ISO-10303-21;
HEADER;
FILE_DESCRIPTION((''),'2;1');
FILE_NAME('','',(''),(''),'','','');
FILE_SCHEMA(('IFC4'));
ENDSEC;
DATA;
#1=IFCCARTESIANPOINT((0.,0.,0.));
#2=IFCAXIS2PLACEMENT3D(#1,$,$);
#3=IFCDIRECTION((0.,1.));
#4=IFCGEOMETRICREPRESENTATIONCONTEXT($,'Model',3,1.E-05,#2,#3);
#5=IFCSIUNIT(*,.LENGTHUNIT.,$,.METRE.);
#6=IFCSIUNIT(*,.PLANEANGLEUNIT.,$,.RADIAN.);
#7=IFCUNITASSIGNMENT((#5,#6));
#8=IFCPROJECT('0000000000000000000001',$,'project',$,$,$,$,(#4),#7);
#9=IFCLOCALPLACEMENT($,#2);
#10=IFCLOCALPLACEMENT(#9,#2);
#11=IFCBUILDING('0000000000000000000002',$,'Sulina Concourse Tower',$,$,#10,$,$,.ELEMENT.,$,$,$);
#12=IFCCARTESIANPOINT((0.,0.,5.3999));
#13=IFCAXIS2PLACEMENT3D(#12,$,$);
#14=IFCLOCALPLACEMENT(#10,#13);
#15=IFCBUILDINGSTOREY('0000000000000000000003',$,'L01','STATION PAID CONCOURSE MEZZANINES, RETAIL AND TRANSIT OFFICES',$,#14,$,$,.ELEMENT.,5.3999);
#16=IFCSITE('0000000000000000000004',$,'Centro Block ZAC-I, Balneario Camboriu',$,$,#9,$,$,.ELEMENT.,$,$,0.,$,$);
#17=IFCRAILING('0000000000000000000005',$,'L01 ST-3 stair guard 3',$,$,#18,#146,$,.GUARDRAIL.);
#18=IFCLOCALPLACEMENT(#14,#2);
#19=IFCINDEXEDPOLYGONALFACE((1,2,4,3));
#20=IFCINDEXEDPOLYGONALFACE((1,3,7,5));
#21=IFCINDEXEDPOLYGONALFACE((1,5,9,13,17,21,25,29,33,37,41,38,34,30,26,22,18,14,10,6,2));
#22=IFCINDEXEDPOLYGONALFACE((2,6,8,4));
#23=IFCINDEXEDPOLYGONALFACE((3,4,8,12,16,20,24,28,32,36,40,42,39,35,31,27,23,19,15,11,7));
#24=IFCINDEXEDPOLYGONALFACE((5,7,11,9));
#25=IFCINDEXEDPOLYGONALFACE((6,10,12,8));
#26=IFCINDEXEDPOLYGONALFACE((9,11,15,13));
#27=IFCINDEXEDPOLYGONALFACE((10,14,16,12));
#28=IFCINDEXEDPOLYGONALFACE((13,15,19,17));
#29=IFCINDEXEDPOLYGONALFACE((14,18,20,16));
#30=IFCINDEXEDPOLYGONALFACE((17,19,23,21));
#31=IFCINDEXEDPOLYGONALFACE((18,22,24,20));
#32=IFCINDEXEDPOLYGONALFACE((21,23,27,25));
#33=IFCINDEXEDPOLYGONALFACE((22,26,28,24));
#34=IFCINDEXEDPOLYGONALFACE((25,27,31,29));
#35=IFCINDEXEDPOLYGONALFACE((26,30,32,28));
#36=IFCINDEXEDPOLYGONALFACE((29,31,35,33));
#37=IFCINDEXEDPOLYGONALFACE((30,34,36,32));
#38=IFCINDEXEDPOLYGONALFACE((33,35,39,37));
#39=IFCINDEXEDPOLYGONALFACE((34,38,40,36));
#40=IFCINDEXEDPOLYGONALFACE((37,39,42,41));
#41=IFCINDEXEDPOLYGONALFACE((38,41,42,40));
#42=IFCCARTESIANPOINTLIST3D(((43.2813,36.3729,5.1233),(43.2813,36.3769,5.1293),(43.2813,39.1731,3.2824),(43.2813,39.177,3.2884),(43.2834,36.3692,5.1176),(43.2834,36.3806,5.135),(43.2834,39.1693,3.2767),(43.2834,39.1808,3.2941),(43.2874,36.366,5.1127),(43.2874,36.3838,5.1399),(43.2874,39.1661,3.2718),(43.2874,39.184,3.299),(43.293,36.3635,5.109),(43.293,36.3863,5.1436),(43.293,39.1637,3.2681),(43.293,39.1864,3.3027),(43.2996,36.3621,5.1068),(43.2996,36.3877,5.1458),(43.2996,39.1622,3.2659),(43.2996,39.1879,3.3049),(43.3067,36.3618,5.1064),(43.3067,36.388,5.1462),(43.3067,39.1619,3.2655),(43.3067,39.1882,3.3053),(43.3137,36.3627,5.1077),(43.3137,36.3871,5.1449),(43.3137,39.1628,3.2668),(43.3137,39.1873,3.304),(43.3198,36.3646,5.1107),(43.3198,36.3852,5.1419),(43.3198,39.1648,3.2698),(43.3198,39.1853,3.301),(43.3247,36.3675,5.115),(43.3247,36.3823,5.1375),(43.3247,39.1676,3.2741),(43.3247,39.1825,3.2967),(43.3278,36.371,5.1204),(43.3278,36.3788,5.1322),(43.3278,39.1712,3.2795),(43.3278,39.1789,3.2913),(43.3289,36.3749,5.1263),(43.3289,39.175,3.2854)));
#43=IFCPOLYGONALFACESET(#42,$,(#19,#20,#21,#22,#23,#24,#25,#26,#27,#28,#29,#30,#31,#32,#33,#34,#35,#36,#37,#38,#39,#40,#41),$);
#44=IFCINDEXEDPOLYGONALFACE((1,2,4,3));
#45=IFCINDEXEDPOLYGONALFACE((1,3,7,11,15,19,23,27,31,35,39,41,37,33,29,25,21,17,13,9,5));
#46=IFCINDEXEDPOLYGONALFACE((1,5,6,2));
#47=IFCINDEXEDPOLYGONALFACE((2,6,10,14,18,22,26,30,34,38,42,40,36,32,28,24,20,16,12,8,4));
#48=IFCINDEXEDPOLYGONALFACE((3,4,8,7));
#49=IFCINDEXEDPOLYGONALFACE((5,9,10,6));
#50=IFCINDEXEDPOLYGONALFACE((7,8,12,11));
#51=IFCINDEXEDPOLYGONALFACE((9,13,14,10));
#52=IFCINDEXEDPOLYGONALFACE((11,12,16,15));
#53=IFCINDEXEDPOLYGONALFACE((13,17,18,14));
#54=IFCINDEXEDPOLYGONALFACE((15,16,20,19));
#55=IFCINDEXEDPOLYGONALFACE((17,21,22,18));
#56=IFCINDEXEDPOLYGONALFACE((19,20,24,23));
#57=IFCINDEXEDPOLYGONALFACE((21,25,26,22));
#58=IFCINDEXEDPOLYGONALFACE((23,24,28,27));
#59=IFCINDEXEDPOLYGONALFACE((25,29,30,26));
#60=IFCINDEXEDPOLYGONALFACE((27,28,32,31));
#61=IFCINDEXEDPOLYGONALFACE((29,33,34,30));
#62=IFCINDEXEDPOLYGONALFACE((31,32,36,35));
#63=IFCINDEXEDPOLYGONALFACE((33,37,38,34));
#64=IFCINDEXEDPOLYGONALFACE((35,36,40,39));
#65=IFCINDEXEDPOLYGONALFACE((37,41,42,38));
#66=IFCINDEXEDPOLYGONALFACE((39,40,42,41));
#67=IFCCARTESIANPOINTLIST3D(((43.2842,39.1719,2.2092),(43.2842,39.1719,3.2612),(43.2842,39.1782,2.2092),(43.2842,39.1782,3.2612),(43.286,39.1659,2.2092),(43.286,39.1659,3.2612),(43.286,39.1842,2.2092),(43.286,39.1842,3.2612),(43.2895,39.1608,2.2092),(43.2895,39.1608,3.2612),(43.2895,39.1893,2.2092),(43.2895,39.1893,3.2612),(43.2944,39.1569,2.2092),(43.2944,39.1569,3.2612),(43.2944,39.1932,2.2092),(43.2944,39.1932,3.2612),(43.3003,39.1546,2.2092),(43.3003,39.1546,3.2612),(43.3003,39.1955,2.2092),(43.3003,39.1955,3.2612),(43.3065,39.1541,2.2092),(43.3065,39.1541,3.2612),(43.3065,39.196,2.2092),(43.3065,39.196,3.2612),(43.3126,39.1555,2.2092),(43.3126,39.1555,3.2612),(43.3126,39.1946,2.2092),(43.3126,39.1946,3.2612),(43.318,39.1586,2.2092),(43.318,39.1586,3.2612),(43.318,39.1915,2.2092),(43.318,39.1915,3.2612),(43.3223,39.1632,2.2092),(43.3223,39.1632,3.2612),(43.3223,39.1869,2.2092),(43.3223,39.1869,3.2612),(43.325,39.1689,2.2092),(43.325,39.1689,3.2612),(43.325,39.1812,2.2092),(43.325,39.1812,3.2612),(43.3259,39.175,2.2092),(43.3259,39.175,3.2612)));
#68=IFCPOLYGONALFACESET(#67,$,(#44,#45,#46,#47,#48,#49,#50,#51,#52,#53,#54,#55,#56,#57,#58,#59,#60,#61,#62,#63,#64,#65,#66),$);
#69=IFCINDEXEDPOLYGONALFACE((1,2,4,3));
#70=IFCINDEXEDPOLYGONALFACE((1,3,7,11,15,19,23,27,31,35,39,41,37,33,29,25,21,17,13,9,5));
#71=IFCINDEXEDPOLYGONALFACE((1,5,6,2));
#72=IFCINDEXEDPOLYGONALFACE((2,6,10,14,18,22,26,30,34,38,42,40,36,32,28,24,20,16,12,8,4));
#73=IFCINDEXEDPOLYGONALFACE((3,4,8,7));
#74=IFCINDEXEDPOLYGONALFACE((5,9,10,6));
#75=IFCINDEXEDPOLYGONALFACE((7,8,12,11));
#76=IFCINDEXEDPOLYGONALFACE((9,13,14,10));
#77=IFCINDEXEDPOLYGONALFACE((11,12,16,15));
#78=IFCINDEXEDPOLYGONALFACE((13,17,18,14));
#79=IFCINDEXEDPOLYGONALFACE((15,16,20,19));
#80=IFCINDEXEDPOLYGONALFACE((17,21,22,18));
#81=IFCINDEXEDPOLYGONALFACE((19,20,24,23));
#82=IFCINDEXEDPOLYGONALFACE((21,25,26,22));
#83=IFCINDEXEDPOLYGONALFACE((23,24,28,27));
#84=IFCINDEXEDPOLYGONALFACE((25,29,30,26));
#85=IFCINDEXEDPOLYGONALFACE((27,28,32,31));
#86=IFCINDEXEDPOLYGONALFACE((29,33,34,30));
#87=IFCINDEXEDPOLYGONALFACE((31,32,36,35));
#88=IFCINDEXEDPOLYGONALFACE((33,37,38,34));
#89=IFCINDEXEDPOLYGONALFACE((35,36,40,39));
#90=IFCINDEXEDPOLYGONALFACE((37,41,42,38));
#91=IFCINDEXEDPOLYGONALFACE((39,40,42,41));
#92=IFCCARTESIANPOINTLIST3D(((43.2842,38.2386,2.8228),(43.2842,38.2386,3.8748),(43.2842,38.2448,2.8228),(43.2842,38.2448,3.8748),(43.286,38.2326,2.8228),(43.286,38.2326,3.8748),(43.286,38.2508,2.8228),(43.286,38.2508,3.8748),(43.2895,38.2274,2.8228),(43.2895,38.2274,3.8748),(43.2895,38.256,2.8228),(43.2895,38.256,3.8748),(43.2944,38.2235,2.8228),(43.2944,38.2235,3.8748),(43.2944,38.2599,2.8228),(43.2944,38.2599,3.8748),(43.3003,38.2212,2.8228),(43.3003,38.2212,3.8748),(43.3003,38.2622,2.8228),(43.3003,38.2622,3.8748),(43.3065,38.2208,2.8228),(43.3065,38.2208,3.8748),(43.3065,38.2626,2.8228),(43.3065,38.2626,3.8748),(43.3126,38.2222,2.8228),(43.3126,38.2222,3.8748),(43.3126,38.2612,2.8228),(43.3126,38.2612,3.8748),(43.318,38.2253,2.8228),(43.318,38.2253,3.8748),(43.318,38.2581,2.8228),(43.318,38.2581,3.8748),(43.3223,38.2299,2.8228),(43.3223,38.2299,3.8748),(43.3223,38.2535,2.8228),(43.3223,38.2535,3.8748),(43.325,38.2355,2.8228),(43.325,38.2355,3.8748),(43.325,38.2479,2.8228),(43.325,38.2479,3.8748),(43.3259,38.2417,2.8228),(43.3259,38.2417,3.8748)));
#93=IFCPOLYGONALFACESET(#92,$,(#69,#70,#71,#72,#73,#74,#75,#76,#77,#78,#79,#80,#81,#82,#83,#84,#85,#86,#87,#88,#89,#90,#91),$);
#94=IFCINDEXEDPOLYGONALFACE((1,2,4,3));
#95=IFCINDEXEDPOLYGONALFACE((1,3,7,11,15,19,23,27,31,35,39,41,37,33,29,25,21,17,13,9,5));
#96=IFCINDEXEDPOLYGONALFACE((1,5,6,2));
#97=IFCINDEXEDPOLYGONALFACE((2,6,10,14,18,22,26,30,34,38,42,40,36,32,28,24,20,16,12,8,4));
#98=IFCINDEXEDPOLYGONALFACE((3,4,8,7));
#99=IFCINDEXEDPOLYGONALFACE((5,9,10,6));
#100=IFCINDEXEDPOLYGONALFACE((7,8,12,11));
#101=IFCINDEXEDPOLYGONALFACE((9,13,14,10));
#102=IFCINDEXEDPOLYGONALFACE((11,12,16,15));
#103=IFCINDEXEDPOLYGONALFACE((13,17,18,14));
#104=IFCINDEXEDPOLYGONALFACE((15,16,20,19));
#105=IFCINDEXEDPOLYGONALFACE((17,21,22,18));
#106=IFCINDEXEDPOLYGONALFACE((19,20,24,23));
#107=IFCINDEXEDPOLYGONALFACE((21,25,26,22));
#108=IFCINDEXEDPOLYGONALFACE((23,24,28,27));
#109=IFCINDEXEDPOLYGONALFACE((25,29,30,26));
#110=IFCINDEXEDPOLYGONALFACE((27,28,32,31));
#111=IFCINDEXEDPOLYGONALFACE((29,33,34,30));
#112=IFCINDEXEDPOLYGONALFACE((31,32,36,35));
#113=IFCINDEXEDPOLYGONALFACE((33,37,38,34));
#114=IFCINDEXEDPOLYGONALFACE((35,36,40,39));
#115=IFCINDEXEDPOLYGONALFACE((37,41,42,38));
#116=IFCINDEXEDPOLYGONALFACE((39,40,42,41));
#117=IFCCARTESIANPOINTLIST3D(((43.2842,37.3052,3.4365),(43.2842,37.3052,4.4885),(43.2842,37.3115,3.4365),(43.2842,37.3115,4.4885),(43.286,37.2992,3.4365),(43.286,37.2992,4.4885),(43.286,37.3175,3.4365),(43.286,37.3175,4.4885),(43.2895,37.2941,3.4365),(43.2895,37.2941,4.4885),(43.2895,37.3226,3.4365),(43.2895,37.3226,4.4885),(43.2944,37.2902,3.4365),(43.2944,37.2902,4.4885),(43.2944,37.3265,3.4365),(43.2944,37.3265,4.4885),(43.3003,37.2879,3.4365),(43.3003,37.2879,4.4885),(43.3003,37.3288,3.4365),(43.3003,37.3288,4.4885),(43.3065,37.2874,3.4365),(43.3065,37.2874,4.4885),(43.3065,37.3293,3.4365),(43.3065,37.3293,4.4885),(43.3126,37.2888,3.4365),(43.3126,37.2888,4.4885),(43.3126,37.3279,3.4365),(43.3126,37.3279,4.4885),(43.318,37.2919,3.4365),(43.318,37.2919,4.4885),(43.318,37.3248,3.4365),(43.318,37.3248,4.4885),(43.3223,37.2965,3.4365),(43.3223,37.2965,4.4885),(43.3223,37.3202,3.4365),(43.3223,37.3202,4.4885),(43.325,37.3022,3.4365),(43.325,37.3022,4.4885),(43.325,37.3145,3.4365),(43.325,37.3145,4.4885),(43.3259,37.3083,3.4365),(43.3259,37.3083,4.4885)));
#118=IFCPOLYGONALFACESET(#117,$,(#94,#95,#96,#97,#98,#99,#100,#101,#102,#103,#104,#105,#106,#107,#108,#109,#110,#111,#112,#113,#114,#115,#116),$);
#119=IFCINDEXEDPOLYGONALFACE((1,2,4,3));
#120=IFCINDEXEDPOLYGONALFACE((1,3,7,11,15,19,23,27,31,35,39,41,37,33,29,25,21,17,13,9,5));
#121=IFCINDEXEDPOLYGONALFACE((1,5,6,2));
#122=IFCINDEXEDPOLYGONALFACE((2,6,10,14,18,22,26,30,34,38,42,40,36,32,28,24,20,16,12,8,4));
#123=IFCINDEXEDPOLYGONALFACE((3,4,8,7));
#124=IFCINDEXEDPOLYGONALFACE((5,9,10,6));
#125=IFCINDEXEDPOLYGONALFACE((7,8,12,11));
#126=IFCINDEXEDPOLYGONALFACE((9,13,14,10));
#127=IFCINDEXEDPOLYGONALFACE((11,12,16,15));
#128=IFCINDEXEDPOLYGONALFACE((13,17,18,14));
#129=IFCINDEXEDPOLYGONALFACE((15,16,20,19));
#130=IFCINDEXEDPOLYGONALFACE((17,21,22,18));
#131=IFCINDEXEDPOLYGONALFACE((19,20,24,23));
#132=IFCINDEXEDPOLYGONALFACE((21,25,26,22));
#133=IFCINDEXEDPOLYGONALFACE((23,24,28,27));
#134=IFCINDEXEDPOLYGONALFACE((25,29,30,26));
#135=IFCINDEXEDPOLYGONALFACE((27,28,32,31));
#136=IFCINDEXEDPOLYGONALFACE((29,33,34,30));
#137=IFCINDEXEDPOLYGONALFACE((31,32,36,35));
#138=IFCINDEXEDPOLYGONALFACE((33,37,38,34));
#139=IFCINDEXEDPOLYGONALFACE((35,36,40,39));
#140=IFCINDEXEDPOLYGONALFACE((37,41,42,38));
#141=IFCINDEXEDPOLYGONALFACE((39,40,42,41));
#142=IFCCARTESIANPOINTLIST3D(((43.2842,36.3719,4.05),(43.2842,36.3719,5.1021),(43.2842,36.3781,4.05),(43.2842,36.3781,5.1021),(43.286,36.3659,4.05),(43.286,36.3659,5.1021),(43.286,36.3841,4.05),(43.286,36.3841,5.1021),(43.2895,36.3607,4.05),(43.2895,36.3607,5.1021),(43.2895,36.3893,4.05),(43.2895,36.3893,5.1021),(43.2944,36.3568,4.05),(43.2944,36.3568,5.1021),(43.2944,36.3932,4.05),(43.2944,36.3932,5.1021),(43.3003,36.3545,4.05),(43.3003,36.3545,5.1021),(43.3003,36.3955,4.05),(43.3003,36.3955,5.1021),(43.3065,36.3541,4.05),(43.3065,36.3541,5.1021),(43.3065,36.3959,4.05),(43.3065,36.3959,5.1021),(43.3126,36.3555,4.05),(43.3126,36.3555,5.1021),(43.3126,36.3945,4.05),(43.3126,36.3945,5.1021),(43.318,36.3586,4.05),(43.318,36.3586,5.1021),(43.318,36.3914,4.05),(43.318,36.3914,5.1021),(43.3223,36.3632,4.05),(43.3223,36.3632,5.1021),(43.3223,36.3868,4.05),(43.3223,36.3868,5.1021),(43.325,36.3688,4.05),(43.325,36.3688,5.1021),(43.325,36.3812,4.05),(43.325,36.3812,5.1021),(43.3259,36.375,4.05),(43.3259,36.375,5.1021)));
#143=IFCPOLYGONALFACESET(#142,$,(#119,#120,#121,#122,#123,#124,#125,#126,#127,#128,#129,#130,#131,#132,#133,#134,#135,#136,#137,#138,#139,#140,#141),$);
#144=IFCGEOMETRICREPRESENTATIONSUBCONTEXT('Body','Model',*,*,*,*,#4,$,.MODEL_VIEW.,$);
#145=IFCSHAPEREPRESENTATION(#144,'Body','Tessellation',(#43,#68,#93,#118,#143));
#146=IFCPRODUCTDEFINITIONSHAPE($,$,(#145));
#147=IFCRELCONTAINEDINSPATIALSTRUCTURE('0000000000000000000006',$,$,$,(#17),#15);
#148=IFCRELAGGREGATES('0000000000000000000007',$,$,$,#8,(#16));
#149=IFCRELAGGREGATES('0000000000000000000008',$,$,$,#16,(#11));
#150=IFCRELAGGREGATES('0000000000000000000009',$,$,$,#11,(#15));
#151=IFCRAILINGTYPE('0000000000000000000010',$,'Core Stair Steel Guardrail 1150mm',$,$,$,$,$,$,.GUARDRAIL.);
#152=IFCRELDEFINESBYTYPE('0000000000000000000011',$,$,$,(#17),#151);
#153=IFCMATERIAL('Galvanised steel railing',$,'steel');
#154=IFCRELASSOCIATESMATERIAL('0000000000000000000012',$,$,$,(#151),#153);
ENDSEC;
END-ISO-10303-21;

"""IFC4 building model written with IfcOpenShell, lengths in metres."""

from ifc_helpers import new_model, si_unit, direction, frame, origin, origin_2d, place, context, subcontext, project, spatial, circle, extrude, material, type_object, element, save


model = new_model("IFC4")

# Units and contexts
model_context = context("Model", 3, precision=1e-05, world=origin(), true_north=direction((0.0, 1.0)))
body_context = subcontext(model_context, "Body", "Model", "MODEL_VIEW")
ifc_project = project(units=[si_unit("LENGTHUNIT", "METRE"), si_unit("PLANEANGLEUNIT", "RADIAN")], contexts=[model_context])

# Site, building, storey
site_placement = place(None, origin())
site = spatial("IfcSite", under=ifc_project, at=site_placement, Name="Centro Block ZAC-I, Balneario Camboriu", CompositionType="ELEMENT", RefElevation=0.0)
building_placement = place(site_placement, origin())
building = spatial("IfcBuilding", under=site, at=building_placement, Name="Sulina Concourse Tower", CompositionType="ELEMENT")
storey_placement = place(building_placement, frame((0.0, 0.0, 5.3999)))
storey = spatial("IfcBuildingStorey", under=building, at=storey_placement, Name="L01", Description="STATION PAID CONCOURSE MEZZANINES, RETAIL AND TRANSIT OFFICES", CompositionType="ELEMENT", Elevation=5.3999)

# Railing
ifc_material_1 = material(Name="Galvanised steel railing", Category="steel")
railing_type_1 = type_object("IfcRailingType", Name="Core Stair Steel Guardrail 1150mm", PredefinedType="GUARDRAIL", material=ifc_material_1)
railing_1_placement = place(storey_placement, frame((43.3049, 39.175, 2.2092)))
element("IfcRailing", 1, at=railing_1_placement, inside=storey, type_object=railing_type_1, Name="L01 ST-3 stair guard 3", PredefinedType="GUARDRAIL", context=body_context, shape_type="SweptSolid", body=[
    extrude(circle(Radius=0.0239, at=origin_2d()), frame((0.0, 0.0, 1.0762), z_axis=(0.0, -0.835598, 0.549342), x_axis=(1.0, 0.0, 0.0)), (0.0, 0.0, 1.0), 3.3511),
    extrude(circle(Radius=0.021, at=origin_2d()), origin(), (0.0, 0.0, 1.0), 1.052),
    extrude(circle(Radius=0.021, at=origin_2d()), frame((0.0, -0.9333, 0.6135)), (0.0, 0.0, 1.0), 1.052),
    extrude(circle(Radius=0.021, at=origin_2d()), frame((0.0, -1.8667, 1.2273)), (0.0, 0.0, 1.0), 1.052),
    extrude(circle(Radius=0.021, at=origin_2d()), frame((0.0, -2.8, 1.8408)), (0.0, 0.0, 1.0), 1.052),
])

save(model, "model.ifc")
